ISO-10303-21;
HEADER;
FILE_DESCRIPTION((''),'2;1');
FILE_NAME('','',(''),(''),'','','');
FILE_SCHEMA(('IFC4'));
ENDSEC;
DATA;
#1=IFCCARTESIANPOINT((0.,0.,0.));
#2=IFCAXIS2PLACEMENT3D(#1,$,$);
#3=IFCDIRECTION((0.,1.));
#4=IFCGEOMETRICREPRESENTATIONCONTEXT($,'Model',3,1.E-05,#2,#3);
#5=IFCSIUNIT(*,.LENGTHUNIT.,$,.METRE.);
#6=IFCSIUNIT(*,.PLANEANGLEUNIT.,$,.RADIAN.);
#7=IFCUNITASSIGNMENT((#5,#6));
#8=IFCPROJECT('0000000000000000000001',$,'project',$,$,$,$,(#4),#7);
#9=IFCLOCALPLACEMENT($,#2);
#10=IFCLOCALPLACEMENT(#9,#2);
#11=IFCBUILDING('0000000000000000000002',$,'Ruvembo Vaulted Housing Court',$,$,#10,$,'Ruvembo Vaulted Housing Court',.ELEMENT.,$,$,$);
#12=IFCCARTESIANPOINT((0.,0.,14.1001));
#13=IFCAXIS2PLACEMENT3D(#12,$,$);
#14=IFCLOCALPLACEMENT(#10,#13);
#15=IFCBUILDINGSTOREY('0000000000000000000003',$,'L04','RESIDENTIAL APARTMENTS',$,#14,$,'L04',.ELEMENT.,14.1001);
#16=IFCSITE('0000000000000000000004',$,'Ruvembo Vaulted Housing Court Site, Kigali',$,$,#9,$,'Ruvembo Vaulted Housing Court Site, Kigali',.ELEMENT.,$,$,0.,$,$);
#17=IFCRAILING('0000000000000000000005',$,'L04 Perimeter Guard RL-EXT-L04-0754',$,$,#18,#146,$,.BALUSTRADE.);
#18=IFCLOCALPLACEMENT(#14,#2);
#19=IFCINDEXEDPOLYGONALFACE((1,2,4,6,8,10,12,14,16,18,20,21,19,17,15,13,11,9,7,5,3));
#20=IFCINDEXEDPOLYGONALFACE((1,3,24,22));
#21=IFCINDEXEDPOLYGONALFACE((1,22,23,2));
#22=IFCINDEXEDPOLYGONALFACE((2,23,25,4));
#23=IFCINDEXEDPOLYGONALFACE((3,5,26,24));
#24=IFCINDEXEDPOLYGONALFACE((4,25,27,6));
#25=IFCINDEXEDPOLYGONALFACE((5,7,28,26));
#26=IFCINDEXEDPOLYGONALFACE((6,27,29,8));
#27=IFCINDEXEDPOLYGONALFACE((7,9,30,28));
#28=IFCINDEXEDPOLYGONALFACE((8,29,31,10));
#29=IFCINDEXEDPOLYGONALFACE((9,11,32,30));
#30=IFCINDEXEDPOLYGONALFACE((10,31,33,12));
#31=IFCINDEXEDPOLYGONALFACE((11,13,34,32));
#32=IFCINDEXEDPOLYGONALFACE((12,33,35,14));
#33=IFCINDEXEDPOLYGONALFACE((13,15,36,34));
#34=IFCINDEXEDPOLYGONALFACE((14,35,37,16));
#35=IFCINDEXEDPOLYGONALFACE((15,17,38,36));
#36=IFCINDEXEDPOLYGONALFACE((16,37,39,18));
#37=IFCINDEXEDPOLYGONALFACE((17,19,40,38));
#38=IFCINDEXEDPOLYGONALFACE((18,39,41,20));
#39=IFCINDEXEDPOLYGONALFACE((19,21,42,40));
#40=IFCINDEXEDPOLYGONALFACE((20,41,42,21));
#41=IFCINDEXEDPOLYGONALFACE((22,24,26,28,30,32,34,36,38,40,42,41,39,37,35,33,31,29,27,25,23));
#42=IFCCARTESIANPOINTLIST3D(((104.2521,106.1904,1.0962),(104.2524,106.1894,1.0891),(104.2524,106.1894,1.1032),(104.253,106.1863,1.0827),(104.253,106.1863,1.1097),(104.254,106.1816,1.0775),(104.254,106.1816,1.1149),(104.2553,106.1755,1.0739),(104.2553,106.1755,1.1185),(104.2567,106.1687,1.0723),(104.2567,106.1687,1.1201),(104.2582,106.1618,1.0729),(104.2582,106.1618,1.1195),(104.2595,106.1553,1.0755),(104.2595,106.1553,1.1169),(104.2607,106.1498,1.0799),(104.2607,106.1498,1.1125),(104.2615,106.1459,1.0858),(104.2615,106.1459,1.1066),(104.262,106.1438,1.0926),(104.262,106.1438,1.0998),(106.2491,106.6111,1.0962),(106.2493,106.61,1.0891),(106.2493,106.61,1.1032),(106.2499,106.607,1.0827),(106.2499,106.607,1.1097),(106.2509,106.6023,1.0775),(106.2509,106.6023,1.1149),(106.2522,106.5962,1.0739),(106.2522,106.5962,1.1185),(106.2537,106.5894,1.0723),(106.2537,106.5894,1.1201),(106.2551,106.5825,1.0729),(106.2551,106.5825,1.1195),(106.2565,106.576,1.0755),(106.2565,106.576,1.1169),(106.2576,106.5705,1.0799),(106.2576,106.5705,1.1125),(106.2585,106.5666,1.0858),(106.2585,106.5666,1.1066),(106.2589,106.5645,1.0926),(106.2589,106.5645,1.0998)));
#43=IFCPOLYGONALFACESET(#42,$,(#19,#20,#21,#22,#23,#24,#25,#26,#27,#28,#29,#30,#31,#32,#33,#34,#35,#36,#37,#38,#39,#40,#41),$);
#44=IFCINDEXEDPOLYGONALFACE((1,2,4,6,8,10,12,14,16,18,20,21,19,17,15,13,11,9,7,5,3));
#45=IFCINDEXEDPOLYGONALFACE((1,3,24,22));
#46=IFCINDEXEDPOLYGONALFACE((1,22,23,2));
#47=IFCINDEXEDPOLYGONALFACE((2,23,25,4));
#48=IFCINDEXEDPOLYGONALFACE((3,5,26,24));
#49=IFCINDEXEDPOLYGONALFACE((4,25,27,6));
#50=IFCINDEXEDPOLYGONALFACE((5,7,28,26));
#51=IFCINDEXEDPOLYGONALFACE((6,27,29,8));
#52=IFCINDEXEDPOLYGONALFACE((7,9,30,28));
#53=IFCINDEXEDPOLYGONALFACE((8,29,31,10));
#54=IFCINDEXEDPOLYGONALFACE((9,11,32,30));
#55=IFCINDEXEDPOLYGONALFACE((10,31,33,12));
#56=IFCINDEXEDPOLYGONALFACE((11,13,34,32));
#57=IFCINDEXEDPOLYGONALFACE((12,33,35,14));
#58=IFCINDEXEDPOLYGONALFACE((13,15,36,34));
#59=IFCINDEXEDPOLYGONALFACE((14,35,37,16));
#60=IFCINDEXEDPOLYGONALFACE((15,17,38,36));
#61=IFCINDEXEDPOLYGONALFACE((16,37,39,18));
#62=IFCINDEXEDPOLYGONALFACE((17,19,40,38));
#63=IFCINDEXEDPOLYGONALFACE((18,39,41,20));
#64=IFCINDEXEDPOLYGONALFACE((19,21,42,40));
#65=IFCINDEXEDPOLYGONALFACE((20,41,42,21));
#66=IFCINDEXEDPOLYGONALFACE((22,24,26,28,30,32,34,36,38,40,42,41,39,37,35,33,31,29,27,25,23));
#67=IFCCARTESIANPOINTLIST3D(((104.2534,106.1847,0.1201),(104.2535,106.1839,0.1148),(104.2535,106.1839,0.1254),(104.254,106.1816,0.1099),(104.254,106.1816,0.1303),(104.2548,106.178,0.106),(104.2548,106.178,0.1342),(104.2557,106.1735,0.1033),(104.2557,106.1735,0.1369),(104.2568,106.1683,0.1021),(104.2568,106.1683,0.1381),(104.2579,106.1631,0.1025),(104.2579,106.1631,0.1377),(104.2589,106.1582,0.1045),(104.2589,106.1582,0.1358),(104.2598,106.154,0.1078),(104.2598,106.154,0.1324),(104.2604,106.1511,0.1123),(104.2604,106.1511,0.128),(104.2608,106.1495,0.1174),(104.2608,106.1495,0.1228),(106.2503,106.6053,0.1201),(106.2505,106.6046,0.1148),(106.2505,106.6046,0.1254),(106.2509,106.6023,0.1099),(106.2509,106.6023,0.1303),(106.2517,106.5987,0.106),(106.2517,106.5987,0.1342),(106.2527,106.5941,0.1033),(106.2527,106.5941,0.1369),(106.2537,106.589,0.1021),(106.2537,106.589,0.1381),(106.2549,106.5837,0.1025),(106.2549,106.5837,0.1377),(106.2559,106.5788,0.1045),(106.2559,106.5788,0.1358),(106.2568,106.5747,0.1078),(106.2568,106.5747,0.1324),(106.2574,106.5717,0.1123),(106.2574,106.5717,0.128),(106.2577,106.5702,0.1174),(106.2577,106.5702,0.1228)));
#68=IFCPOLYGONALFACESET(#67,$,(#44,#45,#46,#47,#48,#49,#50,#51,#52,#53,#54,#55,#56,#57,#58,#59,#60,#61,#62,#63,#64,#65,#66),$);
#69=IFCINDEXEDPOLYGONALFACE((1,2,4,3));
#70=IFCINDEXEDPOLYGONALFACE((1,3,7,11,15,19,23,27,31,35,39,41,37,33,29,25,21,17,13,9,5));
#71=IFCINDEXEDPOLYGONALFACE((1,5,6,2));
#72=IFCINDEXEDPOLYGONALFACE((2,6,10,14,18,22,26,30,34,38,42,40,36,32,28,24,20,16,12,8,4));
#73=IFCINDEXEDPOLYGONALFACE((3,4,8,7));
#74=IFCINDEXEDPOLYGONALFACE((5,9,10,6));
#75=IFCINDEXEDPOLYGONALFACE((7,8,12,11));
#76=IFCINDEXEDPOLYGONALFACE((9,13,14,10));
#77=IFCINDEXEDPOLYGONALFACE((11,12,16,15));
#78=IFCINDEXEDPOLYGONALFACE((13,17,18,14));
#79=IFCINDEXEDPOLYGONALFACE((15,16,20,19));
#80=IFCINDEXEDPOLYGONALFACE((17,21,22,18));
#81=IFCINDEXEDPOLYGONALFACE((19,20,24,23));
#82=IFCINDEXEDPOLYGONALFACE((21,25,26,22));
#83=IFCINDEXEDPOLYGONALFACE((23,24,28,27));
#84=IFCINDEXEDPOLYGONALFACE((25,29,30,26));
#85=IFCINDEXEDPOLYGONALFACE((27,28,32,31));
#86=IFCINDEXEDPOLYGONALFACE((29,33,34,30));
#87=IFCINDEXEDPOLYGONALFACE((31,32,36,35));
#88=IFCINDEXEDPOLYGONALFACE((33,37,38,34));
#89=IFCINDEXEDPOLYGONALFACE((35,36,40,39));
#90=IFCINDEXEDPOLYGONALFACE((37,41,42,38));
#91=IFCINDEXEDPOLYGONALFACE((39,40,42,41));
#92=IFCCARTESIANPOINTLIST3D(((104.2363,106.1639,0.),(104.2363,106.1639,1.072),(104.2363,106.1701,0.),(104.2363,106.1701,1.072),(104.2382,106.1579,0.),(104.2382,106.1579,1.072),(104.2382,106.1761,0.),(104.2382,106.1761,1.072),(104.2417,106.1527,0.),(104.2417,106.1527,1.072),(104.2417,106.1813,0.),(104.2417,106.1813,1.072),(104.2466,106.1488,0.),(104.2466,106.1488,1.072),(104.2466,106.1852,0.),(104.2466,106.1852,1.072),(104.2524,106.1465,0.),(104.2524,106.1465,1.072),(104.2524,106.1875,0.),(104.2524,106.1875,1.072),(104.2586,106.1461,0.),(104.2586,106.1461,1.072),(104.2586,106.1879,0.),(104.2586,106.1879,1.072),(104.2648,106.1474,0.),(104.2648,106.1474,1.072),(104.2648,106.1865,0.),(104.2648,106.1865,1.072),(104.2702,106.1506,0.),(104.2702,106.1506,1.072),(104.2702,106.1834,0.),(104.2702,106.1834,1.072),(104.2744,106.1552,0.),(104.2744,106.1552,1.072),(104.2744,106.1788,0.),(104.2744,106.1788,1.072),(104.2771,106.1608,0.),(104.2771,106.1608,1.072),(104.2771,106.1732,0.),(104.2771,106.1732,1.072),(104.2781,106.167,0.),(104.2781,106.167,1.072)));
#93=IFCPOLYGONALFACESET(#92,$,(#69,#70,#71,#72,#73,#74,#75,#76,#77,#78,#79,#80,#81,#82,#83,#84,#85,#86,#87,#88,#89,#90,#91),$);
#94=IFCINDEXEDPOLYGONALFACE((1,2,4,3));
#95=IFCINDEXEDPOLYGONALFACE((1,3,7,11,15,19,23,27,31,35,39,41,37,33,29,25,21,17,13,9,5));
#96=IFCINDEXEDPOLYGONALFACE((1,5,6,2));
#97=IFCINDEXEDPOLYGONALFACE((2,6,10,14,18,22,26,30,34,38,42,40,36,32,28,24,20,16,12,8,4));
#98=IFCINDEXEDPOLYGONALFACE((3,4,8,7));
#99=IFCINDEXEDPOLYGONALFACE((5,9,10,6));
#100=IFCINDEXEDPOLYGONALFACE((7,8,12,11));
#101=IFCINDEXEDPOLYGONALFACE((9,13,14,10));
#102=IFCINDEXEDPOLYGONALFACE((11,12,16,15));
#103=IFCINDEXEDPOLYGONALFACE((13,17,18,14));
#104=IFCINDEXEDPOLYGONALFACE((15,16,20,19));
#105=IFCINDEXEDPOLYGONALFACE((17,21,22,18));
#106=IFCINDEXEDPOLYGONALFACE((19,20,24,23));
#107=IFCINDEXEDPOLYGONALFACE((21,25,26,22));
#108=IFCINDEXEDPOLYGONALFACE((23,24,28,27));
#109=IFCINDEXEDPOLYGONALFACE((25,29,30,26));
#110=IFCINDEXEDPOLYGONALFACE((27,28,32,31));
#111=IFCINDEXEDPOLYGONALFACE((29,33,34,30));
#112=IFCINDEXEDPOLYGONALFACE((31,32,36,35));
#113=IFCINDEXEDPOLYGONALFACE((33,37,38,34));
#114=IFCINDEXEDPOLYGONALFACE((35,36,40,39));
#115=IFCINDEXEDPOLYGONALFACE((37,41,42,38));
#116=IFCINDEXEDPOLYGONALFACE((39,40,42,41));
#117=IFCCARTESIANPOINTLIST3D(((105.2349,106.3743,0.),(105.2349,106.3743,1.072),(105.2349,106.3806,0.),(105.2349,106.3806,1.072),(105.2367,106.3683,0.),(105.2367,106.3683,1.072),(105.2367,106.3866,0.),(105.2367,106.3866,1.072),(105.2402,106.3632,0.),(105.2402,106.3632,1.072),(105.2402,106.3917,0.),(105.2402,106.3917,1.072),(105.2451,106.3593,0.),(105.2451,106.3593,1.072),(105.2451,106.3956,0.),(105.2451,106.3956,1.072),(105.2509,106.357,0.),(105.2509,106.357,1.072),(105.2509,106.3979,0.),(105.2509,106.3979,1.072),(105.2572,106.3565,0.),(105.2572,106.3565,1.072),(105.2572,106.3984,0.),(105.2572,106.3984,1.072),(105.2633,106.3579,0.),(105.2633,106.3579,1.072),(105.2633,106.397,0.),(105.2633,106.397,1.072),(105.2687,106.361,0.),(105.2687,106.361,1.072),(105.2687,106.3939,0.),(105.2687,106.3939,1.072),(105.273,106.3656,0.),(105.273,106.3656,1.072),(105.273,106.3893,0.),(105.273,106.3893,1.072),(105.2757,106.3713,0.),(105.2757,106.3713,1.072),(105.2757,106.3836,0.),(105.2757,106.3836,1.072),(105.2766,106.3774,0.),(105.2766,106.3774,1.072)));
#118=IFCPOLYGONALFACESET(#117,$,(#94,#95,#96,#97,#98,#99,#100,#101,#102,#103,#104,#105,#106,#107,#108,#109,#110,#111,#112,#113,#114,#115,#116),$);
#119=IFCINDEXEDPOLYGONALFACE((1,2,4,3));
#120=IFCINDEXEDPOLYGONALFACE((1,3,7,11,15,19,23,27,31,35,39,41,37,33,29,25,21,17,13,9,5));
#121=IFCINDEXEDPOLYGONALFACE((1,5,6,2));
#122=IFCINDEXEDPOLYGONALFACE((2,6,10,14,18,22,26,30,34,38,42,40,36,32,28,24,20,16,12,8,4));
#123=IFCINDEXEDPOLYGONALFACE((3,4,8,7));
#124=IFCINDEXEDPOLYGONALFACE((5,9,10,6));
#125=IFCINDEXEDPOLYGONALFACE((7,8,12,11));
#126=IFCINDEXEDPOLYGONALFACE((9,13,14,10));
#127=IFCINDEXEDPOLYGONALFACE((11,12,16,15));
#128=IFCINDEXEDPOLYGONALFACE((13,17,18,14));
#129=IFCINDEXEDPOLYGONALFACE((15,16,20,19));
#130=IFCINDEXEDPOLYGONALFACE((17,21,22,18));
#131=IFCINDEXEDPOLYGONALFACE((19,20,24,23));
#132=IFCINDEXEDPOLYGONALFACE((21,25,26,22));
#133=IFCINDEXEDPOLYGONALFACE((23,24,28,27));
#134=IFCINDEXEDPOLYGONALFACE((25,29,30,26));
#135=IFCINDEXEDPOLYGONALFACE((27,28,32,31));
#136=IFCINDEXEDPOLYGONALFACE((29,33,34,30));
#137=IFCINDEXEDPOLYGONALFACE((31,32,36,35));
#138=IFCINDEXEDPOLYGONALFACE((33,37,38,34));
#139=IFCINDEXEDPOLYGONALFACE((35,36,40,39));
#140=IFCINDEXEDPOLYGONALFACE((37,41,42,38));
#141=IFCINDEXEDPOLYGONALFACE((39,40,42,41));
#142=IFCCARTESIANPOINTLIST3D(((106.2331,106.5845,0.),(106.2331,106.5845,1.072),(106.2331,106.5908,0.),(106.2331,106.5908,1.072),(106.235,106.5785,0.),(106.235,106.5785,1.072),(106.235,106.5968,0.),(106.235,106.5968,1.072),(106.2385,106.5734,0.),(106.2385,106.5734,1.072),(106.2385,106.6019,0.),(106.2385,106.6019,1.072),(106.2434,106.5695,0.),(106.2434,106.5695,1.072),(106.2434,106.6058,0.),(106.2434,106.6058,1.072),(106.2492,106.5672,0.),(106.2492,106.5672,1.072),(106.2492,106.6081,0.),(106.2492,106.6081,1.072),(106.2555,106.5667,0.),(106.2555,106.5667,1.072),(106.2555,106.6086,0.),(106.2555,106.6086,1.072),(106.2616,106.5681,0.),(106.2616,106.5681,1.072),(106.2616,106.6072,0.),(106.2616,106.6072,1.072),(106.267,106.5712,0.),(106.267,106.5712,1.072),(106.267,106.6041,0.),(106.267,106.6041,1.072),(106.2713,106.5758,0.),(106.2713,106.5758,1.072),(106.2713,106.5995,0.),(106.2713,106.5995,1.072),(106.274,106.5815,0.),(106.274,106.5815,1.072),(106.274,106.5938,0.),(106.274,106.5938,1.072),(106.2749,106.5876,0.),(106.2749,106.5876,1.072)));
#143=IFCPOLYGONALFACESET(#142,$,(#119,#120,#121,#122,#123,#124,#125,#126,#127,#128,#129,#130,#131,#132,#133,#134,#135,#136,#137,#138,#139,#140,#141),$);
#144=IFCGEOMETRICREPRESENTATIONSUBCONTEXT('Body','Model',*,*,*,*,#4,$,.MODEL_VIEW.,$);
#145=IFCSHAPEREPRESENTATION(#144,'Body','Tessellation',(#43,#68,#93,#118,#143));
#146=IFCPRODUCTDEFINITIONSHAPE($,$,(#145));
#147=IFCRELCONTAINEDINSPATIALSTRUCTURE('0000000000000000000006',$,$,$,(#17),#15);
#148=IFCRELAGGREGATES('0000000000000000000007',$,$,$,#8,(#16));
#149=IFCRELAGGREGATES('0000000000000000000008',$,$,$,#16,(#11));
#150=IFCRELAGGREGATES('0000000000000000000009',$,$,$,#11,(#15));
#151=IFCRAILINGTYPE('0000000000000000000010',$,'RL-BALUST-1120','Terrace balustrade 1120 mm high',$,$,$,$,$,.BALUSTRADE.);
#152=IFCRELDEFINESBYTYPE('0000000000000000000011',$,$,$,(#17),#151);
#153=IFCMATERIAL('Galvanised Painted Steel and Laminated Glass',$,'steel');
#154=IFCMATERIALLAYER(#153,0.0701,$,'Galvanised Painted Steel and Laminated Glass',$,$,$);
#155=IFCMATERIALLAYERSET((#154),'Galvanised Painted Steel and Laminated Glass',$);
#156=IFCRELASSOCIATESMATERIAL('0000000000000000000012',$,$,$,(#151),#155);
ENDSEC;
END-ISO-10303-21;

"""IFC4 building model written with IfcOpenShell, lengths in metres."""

from ifc_helpers import new_model, si_unit, direction, frame, origin, origin_2d, place, context, subcontext, project, spatial, circle, extrude, material, layer, layer_set, type_object, element, save


model = new_model("IFC4")

# Units and contexts
model_context = context("Model", 3, precision=1e-05, world=origin(), true_north=direction((0.0, 1.0)))
body_context = subcontext(model_context, "Body", "Model", "MODEL_VIEW")
ifc_project = project(units=[si_unit("LENGTHUNIT", "METRE"), si_unit("PLANEANGLEUNIT", "RADIAN")], contexts=[model_context])

# Site, building, storey
site_placement = place(None, origin())
site = spatial("IfcSite", under=ifc_project, at=site_placement, Name="Ruvembo Vaulted Housing Court Site, Kigali", LongName="Ruvembo Vaulted Housing Court Site, Kigali", CompositionType="ELEMENT", RefElevation=0.0)
building_placement = place(site_placement, origin())
building = spatial("IfcBuilding", under=site, at=building_placement, Name="Ruvembo Vaulted Housing Court", LongName="Ruvembo Vaulted Housing Court", CompositionType="ELEMENT")
storey_placement = place(building_placement, frame((0.0, 0.0, 14.1001)))
storey = spatial("IfcBuildingStorey", under=building, at=storey_placement, Name="L04", Description="RESIDENTIAL APARTMENTS", LongName="L04", CompositionType="ELEMENT", Elevation=14.1001)

# Railing
ifc_material_1 = material(Name="Galvanised Painted Steel and Laminated Glass", Category="steel")
ifc_layer_1 = layer(ifc_material_1, 0.0701, Name="Galvanised Painted Steel and Laminated Glass")
ifc_layer_set_1 = layer_set([ifc_layer_1], Name="Galvanised Painted Steel and Laminated Glass")
railing_type = type_object("IfcRailingType", Name="RL-BALUST-1120", Description="Terrace balustrade 1120 mm high", PredefinedType="BALUSTRADE", material=ifc_layer_set_1)
railing_placement = place(storey_placement, frame((104.2571, 106.167, 0.0)))
element("IfcRailing", 1, at=railing_placement, inside=storey, type_object=railing_type, Name="L04 Perimeter Guard RL-EXT-L04-0754", PredefinedType="BALUSTRADE", context=body_context, shape_type="SweptSolid", body=[
    extrude(circle(Radius=0.0239, at=origin_2d()), frame((0.0, 0.0, 1.0962), z_axis=(0.978523, 0.206137, 0.0), x_axis=(-0.206137, 0.978523, 0.0)), (0.0, 0.0, 1.0), 2.0408),
    extrude(circle(Radius=0.0181, at=origin_2d()), frame((0.0, 0.0, 0.1201), z_axis=(0.978523, 0.206137, 0.0), x_axis=(-0.206137, 0.978523, 0.0)), (0.0, 0.0, 1.0), 2.0408),
    extrude(circle(Radius=0.021, at=origin_2d()), origin(), (0.0, 0.0, 1.0), 1.072),
    extrude(circle(Radius=0.021, at=origin_2d()), frame((0.9985, 0.2104, 0.0)), (0.0, 0.0, 1.0), 1.072),
    extrude(circle(Radius=0.021, at=origin_2d()), frame((1.9968, 0.4207, 0.0)), (0.0, 0.0, 1.0), 1.072),
])

save(model, "model.ifc")
